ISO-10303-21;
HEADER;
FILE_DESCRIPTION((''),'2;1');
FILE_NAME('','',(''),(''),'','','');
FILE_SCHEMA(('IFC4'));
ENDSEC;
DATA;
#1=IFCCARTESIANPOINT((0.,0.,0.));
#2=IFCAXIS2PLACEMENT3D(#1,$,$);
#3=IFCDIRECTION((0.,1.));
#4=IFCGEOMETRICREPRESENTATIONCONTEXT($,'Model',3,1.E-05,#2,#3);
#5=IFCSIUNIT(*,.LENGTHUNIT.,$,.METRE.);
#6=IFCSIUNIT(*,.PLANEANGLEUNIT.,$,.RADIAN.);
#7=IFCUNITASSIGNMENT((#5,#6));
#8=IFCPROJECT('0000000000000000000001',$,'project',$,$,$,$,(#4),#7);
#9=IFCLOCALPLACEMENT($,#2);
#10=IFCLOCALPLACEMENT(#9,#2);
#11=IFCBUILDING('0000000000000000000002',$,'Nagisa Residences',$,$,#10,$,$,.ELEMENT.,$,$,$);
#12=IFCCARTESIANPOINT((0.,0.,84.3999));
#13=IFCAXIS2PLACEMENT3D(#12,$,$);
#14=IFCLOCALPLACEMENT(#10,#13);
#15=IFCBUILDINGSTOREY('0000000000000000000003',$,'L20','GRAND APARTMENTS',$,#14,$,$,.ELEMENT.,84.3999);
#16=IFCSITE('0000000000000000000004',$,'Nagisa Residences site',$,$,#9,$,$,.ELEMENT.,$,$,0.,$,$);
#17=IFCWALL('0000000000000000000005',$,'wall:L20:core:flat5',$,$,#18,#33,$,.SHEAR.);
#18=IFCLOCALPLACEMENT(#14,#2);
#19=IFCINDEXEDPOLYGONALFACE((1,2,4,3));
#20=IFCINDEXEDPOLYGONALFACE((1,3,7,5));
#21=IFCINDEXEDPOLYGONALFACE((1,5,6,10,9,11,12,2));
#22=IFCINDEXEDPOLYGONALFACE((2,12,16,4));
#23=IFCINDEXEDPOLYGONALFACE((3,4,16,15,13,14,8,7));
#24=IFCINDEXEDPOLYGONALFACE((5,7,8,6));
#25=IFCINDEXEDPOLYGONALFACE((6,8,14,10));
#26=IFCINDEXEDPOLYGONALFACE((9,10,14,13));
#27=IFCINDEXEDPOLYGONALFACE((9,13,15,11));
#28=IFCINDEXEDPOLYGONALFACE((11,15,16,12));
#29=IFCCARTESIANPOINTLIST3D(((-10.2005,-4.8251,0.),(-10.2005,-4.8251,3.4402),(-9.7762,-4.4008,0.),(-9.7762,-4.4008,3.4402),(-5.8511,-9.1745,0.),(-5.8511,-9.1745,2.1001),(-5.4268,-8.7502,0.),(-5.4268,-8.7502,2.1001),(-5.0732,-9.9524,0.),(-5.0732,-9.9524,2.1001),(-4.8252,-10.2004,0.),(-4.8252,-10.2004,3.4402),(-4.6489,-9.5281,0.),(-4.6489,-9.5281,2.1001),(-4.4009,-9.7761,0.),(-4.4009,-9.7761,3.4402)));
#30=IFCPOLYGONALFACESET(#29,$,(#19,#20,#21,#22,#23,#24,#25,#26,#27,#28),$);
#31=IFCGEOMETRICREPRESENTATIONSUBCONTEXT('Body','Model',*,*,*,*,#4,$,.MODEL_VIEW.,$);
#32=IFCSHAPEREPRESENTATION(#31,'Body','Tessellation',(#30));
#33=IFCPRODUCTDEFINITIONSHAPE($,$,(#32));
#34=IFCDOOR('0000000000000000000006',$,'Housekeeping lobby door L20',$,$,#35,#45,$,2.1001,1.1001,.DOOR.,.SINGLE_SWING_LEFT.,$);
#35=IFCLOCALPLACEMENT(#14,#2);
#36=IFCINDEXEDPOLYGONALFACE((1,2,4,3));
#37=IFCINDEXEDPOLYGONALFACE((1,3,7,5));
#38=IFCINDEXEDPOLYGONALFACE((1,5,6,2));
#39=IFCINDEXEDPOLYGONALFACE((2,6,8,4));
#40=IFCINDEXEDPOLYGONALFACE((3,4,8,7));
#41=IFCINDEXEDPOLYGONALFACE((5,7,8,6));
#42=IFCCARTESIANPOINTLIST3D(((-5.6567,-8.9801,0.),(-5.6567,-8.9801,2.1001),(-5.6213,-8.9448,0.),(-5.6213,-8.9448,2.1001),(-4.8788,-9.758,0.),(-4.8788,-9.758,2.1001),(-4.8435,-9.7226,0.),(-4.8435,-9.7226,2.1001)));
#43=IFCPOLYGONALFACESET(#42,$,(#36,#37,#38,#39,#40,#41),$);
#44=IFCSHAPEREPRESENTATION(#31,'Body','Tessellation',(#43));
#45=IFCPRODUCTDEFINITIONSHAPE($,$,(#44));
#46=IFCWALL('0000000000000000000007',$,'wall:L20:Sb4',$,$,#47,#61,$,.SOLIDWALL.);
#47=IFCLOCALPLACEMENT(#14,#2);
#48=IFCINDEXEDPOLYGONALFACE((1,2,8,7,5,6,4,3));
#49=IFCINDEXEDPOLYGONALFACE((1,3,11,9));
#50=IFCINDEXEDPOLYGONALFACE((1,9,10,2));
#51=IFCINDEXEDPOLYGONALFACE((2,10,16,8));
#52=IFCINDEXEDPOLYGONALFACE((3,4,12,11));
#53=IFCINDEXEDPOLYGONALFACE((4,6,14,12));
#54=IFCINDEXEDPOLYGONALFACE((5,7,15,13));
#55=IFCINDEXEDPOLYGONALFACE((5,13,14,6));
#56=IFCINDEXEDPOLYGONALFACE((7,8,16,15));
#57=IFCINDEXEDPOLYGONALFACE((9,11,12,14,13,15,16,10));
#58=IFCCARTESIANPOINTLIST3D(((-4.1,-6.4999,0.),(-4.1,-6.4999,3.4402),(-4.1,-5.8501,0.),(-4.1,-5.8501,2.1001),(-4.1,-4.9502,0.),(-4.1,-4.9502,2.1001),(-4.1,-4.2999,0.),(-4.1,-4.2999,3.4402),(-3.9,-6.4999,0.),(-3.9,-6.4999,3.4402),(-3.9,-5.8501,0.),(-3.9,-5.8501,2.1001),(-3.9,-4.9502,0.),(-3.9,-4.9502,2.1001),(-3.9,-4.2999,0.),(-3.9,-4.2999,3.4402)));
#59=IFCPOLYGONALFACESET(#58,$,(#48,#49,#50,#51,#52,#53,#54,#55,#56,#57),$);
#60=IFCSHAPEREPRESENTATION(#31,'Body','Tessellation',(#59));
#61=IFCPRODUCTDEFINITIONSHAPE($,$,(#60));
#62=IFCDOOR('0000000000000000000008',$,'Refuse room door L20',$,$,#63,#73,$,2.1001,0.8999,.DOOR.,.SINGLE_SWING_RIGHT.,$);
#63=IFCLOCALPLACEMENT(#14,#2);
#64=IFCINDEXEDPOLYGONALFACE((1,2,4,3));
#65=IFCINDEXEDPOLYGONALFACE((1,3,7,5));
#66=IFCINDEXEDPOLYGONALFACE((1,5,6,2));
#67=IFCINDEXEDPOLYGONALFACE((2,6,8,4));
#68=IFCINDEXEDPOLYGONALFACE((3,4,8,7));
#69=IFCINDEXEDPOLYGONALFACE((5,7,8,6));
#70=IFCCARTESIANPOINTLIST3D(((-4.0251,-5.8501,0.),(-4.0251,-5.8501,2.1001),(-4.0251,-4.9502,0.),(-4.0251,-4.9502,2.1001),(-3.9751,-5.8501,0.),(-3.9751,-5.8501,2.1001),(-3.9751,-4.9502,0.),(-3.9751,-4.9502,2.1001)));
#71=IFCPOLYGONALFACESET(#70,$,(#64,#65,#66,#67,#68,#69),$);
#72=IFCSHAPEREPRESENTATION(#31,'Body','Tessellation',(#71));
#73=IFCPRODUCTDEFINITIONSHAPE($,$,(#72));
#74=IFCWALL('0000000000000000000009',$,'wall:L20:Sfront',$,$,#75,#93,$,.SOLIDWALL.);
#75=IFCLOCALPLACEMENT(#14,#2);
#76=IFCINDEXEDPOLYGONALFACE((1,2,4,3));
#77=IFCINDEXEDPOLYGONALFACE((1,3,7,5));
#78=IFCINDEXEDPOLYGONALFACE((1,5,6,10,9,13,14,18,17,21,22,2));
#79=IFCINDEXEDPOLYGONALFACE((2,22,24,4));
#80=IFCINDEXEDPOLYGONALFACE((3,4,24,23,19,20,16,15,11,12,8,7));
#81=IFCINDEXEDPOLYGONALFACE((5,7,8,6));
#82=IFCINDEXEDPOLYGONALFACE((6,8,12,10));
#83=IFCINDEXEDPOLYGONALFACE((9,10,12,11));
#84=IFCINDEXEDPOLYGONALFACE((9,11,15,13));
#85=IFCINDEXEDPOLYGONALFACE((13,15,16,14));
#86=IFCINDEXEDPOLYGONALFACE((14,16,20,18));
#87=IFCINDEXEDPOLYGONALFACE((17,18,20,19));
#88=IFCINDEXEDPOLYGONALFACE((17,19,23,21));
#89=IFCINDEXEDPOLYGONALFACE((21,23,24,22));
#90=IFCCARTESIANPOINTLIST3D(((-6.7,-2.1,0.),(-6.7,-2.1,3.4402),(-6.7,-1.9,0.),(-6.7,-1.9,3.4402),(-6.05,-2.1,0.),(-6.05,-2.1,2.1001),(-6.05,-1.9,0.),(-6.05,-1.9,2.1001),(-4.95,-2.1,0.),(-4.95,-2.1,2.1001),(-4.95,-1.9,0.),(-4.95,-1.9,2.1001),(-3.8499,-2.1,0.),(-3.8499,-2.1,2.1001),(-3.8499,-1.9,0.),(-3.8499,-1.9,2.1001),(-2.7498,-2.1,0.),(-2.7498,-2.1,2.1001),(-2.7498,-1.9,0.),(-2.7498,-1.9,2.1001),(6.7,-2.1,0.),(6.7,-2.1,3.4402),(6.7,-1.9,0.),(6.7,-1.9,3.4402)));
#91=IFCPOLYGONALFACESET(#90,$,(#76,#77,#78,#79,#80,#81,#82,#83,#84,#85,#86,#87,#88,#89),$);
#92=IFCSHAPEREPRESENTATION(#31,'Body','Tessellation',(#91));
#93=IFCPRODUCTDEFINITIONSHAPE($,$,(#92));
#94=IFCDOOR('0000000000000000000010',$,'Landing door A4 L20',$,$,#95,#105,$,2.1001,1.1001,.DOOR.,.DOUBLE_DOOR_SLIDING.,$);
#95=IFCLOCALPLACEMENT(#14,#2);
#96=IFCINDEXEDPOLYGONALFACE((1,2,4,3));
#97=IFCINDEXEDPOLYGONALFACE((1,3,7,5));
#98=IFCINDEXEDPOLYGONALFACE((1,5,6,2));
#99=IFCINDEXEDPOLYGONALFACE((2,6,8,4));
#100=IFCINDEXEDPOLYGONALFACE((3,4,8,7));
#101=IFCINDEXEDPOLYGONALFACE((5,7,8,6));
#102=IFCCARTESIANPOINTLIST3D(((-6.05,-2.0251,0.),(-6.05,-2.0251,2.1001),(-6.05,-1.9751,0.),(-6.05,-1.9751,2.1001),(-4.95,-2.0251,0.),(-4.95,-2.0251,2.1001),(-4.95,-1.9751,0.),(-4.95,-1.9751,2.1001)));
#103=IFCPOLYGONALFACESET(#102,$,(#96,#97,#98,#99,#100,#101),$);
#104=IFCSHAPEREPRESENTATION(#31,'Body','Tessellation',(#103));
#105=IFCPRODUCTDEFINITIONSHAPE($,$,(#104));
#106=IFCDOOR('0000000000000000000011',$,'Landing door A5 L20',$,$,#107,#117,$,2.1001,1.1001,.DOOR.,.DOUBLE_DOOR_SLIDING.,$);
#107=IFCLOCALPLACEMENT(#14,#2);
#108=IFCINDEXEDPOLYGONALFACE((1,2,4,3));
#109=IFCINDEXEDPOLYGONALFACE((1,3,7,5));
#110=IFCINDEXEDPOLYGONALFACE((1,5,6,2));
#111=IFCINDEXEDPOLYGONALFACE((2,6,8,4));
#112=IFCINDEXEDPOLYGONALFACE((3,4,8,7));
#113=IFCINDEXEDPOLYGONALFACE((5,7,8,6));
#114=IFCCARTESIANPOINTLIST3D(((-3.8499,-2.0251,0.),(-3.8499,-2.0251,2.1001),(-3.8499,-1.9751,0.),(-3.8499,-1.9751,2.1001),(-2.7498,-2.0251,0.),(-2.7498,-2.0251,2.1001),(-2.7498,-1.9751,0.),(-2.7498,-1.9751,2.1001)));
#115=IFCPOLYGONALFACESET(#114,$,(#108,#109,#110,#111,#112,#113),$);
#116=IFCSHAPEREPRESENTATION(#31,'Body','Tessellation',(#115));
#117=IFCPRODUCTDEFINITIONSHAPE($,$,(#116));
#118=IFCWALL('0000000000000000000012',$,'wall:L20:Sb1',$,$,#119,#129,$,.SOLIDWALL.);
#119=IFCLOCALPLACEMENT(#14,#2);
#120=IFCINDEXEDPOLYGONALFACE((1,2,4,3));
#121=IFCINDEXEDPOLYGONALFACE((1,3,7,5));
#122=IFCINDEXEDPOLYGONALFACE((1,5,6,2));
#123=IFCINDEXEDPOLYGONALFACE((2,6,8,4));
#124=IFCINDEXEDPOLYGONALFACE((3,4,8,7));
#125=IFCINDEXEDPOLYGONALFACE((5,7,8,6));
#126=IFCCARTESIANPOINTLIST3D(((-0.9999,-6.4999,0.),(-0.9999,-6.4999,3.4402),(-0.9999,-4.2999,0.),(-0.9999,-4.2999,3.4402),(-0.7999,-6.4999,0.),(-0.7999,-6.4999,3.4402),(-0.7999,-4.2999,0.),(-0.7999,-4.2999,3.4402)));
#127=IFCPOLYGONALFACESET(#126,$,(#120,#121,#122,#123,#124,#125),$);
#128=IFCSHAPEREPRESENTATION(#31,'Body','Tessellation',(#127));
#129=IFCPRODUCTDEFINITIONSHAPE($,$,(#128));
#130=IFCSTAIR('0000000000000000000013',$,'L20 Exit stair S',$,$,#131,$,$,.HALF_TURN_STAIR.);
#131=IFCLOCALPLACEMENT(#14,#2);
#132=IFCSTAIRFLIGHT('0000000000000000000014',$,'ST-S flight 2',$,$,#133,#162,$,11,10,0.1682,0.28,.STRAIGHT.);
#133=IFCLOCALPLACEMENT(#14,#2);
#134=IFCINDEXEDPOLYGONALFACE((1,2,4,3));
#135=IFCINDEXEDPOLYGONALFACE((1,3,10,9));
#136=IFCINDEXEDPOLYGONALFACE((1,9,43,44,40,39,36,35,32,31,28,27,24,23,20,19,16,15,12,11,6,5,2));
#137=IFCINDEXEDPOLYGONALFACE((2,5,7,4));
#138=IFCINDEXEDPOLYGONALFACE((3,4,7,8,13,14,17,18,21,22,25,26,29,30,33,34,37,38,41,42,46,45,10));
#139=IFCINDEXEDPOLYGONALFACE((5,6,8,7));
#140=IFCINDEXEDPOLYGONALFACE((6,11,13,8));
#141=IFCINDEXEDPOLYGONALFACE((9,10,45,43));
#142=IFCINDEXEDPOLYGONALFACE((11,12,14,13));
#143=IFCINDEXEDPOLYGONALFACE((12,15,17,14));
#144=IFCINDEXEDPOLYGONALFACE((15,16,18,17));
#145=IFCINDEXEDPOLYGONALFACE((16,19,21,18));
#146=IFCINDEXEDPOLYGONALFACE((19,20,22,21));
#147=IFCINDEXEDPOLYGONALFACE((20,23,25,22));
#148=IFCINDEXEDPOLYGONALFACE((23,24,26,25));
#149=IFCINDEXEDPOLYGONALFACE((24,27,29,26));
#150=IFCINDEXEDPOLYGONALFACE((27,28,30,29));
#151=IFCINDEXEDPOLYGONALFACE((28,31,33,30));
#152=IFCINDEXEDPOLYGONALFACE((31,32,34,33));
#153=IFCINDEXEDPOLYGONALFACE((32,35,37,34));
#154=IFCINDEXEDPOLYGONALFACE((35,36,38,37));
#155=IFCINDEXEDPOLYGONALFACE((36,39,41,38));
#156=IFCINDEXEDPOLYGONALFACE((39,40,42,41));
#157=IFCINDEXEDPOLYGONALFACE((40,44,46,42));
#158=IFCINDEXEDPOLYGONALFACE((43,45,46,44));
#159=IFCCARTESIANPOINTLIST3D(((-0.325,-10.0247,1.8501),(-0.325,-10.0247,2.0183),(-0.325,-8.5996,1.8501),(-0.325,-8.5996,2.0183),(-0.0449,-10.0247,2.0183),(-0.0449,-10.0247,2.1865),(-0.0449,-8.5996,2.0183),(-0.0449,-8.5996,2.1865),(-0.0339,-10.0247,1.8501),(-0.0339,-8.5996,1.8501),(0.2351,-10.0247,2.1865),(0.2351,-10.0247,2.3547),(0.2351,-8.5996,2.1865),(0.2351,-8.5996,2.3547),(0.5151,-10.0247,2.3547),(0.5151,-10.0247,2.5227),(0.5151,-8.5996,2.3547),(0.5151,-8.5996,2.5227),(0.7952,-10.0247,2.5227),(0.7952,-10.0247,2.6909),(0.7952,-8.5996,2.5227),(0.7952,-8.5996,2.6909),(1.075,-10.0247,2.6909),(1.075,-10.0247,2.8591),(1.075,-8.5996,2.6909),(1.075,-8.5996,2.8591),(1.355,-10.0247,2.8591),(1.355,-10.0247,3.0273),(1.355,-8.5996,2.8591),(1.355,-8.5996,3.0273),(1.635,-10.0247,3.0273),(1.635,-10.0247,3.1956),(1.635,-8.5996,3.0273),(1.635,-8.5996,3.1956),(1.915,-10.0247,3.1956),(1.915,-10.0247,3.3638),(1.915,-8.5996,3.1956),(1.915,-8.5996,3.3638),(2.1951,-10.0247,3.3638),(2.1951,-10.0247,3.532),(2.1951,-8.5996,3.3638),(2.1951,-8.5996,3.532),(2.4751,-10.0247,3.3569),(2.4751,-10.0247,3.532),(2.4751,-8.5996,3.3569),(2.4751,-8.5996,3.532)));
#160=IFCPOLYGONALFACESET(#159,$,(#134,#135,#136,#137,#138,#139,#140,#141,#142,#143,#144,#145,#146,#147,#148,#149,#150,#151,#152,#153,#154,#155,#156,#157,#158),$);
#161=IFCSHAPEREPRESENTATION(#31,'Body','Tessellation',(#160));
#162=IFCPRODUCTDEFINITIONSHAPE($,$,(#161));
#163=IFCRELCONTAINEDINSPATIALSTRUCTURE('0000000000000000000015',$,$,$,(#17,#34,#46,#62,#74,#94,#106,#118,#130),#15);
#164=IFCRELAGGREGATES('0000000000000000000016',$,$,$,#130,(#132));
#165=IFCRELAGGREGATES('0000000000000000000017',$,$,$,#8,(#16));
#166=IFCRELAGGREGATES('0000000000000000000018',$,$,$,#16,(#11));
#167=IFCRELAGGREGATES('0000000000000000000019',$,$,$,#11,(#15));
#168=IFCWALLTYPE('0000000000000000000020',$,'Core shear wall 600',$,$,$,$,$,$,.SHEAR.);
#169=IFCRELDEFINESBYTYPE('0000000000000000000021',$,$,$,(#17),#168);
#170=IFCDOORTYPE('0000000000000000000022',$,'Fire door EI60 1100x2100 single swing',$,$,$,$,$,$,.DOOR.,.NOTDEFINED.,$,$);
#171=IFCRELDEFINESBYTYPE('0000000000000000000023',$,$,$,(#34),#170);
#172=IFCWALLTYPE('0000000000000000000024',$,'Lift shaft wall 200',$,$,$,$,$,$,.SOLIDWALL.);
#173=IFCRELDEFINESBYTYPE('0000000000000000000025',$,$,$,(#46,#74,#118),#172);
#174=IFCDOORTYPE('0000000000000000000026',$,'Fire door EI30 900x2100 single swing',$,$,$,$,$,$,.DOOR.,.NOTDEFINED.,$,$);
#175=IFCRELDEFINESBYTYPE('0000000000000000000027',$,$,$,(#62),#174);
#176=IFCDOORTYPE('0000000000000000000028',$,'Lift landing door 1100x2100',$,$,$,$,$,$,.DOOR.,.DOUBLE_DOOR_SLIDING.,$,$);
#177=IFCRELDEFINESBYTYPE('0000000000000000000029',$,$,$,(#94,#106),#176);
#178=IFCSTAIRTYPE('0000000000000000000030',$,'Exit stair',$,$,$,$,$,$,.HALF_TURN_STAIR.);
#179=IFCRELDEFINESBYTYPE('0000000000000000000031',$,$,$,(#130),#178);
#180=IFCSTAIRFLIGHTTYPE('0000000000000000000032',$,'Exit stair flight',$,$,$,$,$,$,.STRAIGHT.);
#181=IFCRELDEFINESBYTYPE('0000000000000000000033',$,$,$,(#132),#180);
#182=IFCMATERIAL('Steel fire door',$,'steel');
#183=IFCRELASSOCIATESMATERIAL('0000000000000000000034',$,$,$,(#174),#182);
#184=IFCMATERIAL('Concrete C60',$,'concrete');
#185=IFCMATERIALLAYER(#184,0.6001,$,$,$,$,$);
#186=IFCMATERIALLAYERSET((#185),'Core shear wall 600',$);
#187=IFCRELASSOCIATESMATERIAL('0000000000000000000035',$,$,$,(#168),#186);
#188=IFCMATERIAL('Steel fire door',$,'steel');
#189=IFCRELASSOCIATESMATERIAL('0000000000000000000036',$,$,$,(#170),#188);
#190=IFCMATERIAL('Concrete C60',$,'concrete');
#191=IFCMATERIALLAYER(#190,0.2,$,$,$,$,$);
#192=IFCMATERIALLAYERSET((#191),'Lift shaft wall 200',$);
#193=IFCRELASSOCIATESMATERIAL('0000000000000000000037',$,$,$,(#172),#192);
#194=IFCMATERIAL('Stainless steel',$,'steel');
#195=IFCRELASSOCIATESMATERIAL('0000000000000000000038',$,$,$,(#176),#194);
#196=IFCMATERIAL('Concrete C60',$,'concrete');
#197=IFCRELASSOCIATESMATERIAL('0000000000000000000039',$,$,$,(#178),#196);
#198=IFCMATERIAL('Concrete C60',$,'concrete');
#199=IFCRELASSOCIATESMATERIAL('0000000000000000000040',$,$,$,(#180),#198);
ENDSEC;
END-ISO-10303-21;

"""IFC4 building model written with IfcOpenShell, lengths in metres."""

from ifc_helpers import new_model, si_unit, direction, frame, frame_2d, origin, place, context, subcontext, project, spatial, polyline, rectangle, outline, extrude, material, layer, layer_set, type_object, element, fill, aggregate, save


model = new_model("IFC4")

# Units and contexts
model_context = context("Model", 3, precision=1e-05, world=origin(), true_north=direction((0.0, 1.0)))
body_context = subcontext(model_context, "Body", "Model", "MODEL_VIEW")
ifc_project = project(units=[si_unit("LENGTHUNIT", "METRE"), si_unit("PLANEANGLEUNIT", "RADIAN")], contexts=[model_context])

# Site, building, storey
site_placement = place(None, origin())
site = spatial("IfcSite", under=ifc_project, at=site_placement, Name="Nagisa Residences site", CompositionType="ELEMENT", RefElevation=0.0)
building_placement = place(site_placement, origin())
building = spatial("IfcBuilding", under=site, at=building_placement, Name="Nagisa Residences", CompositionType="ELEMENT")
storey_placement = place(building_placement, frame((0.0, 0.0, 84.3999)))
storey = spatial("IfcBuildingStorey", under=building, at=storey_placement, Name="L20", Description="GRAND APARTMENTS", CompositionType="ELEMENT", Elevation=84.3999)

# Shared definitions
ifc_material_1 = material(Name="Steel fire door", Category="steel")
door_type_1 = type_object("IfcDoorType", Name="Fire door EI30 900x2100 single swing", OperationType="NOTDEFINED", PredefinedType="DOOR", material=ifc_material_1)

# Walls, openings, doors
ifc_material_2 = material(Name="Concrete C60", Category="concrete")
ifc_layer_1 = layer(ifc_material_2, 0.6001)
ifc_layer_set_1 = layer_set([ifc_layer_1], Name="Core shear wall 600")
wall_type_1 = type_object("IfcWallType", Name="Core shear wall 600", PredefinedType="SHEAR", material=ifc_layer_set_1)
wall_1_placement = place(storey_placement, frame((-9.9883, -4.613, 0.0), z_axis=(0.0, 0.0, 1.0), x_axis=(0.707107, -0.707107, 0.0)))
wall_1 = element("IfcWall", 1, at=wall_1_placement, inside=storey, type_object=wall_type_1, Name="wall:L20:core:flat5", PredefinedType="SHEAR", context=body_context, shape_type="SweptSolid", body=[
    extrude(rectangle(XDim=7.6018, YDim=0.6001, at=frame_2d((3.8008, 0.0))), origin(), (0.0, 0.0, 1.0), 3.4402),
])
opening_1_placement = place(wall_1_placement, frame((6.1509, 0.0, 0.0)))
opening_1 = element("IfcOpeningElement", 2, at=opening_1_placement, cuts=wall_1, PredefinedType="OPENING", context=body_context, shape_type="SweptSolid", body=[
    extrude(rectangle(XDim=1.1001, YDim=2.1001, at=frame_2d((0.55, 1.05))), frame((0.0, 0.3101, 0.0), z_axis=(0.0, -1.0, 0.0), x_axis=(1.0, 0.0, 0.0)), (0.0, 0.0, 1.0), 0.6201),
])
ifc_material_3 = material(Name="Steel fire door", Category="steel")
door_type_2 = type_object("IfcDoorType", Name="Fire door EI60 1100x2100 single swing", OperationType="NOTDEFINED", PredefinedType="DOOR", material=ifc_material_3)
door_1_placement = place(opening_1_placement, origin())
door_1 = element("IfcDoor", 3, at=door_1_placement, inside=storey, type_object=door_type_2, Name="Housekeeping lobby door L20", OperationType="SINGLE_SWING_LEFT", OverallHeight=2.1001, OverallWidth=1.1001, PredefinedType="DOOR", context=body_context, shape_type="SweptSolid", body=[
    extrude(rectangle(XDim=1.1001, YDim=2.1001, at=frame_2d((0.55, 1.05))), frame((0.0, 0.0249, 0.0), z_axis=(0.0, -1.0, 0.0), x_axis=(1.0, 0.0, 0.0)), (0.0, 0.0, 1.0), 0.05),
])
fill(opening_1, door_1)
ifc_material_4 = material(Name="Concrete C60", Category="concrete")
ifc_layer_2 = layer(ifc_material_4, 0.2)
ifc_layer_set_2 = layer_set([ifc_layer_2], Name="Lift shaft wall 200")
wall_type_2 = type_object("IfcWallType", Name="Lift shaft wall 200", PredefinedType="SOLIDWALL", material=ifc_layer_set_2)
wall_2_placement = place(storey_placement, frame((-4.0, -6.5, 0.0), z_axis=(0.0, 0.0, 1.0), x_axis=(0.0, 1.0, 0.0)))
wall_2 = element("IfcWall", 4, at=wall_2_placement, inside=storey, type_object=wall_type_2, Name="wall:L20:Sb4", PredefinedType="SOLIDWALL", context=body_context, shape_type="SweptSolid", body=[
    extrude(rectangle(XDim=2.2, YDim=0.2, at=frame_2d((1.1001, 0.0))), origin(), (0.0, 0.0, 1.0), 3.4402),
])
opening_2_placement = place(wall_2_placement, frame((0.6499, 0.0, 0.0)))
opening_2 = element("IfcOpeningElement", 5, at=opening_2_placement, cuts=wall_2, PredefinedType="OPENING", context=body_context, shape_type="SweptSolid", body=[
    extrude(rectangle(XDim=0.8999, YDim=2.1001, at=frame_2d((0.45, 1.05))), frame((0.0, 0.1099, 0.0), z_axis=(0.0, -1.0, 0.0), x_axis=(1.0, 0.0, 0.0)), (0.0, 0.0, 1.0), 0.22),
])
door_2_placement = place(opening_2_placement, frame((0.8999, 0.0, 0.0), x_axis=(-1.0, 0.0, 0.0)))
door_2 = element("IfcDoor", 6, at=door_2_placement, inside=storey, type_object=door_type_1, Name="Refuse room door L20", OperationType="SINGLE_SWING_RIGHT", OverallHeight=2.1001, OverallWidth=0.8999, PredefinedType="DOOR", context=body_context, shape_type="SweptSolid", body=[
    extrude(rectangle(XDim=0.8999, YDim=2.1001, at=frame_2d((0.45, 1.05))), frame((0.0, 0.0249, 0.0), z_axis=(0.0, -1.0, 0.0), x_axis=(1.0, 0.0, 0.0)), (0.0, 0.0, 1.0), 0.05),
])
fill(opening_2, door_2)

# Wall, openings, doors
wall_3_placement = place(storey_placement, frame((-6.7, -2.0, 0.0), z_axis=(0.0, 0.0, 1.0), x_axis=(1.0, 0.0, 0.0)))
wall_3 = element("IfcWall", 7, at=wall_3_placement, inside=storey, type_object=wall_type_2, Name="wall:L20:Sfront", PredefinedType="SOLIDWALL", context=body_context, shape_type="SweptSolid", body=[
    extrude(rectangle(XDim=13.3999, YDim=0.2, at=frame_2d((6.7, 0.0))), origin(), (0.0, 0.0, 1.0), 3.4402),
])
opening_3_placement = place(wall_3_placement, frame((0.6499, 0.0, 0.0)))
opening_3 = element("IfcOpeningElement", 8, at=opening_3_placement, cuts=wall_3, PredefinedType="OPENING", context=body_context, shape_type="SweptSolid", body=[
    extrude(rectangle(XDim=1.1001, YDim=2.1001, at=frame_2d((0.55, 1.05))), frame((0.0, 0.1099, 0.0), z_axis=(0.0, -1.0, 0.0), x_axis=(1.0, 0.0, 0.0)), (0.0, 0.0, 1.0), 0.22),
])
opening_4_placement = place(wall_3_placement, frame((2.8501, 0.0, 0.0)))
opening_4 = element("IfcOpeningElement", 9, at=opening_4_placement, cuts=wall_3, PredefinedType="OPENING", context=body_context, shape_type="SweptSolid", body=[
    extrude(rectangle(XDim=1.1001, YDim=2.1001, at=frame_2d((0.55, 1.05))), frame((0.0, 0.1099, 0.0), z_axis=(0.0, -1.0, 0.0), x_axis=(1.0, 0.0, 0.0)), (0.0, 0.0, 1.0), 0.22),
])
ifc_material_5 = material(Name="Stainless steel", Category="steel")
door_type_3 = type_object("IfcDoorType", Name="Lift landing door 1100x2100", OperationType="DOUBLE_DOOR_SLIDING", PredefinedType="DOOR", material=ifc_material_5)
door_3_placement = place(opening_3_placement, origin())
door_3 = element("IfcDoor", 10, at=door_3_placement, inside=storey, type_object=door_type_3, Name="Landing door A4 L20", OperationType="DOUBLE_DOOR_SLIDING", OverallHeight=2.1001, OverallWidth=1.1001, PredefinedType="DOOR", context=body_context, shape_type="SweptSolid", body=[
    extrude(rectangle(XDim=1.1001, YDim=2.1001, at=frame_2d((0.55, 1.05))), frame((0.0, 0.0249, 0.0), z_axis=(0.0, -1.0, 0.0), x_axis=(1.0, 0.0, 0.0)), (0.0, 0.0, 1.0), 0.05),
])
fill(opening_3, door_3)
door_4_placement = place(opening_4_placement, origin())
door_4 = element("IfcDoor", 11, at=door_4_placement, inside=storey, type_object=door_type_3, Name="Landing door A5 L20", OperationType="DOUBLE_DOOR_SLIDING", OverallHeight=2.1001, OverallWidth=1.1001, PredefinedType="DOOR", context=body_context, shape_type="SweptSolid", body=[
    extrude(rectangle(XDim=1.1001, YDim=2.1001, at=frame_2d((0.55, 1.05))), frame((0.0, 0.0249, 0.0), z_axis=(0.0, -1.0, 0.0), x_axis=(1.0, 0.0, 0.0)), (0.0, 0.0, 1.0), 0.05),
])
fill(opening_4, door_4)

# Wall
wall_4_placement = place(storey_placement, frame((-0.8999, -6.5, 0.0), z_axis=(0.0, 0.0, 1.0), x_axis=(0.0, 1.0, 0.0)))
element("IfcWall", 12, at=wall_4_placement, inside=storey, type_object=wall_type_2, Name="wall:L20:Sb1", PredefinedType="SOLIDWALL", context=body_context, shape_type="SweptSolid", body=[
    extrude(rectangle(XDim=2.2, YDim=0.2, at=frame_2d((1.1001, 0.0))), origin(), (0.0, 0.0, 1.0), 3.4402),
])

# Stair, stair flight
ifc_material_6 = material(Name="Concrete C60", Category="concrete")
stair_type = type_object("IfcStairType", Name="Exit stair", PredefinedType="HALF_TURN_STAIR", material=ifc_material_6)
stair_placement = place(storey_placement, origin())
stair = element("IfcStair", 13, at=stair_placement, inside=storey, type_object=stair_type, Name="L20 Exit stair S", PredefinedType="HALF_TURN_STAIR")
ifc_material_7 = material(Name="Concrete C60", Category="concrete")
stair_flight_type = type_object("IfcStairFlightType", Name="Exit stair flight", PredefinedType="STRAIGHT", material=ifc_material_7)
stair_flight_placement = place(storey_placement, frame((-0.325, -9.312, 1.8501), z_axis=(0.0, 0.0, 1.0), x_axis=(1.0, 0.0, 0.0)))
stair_flight = element("IfcStairFlight", 14, at=stair_flight_placement, type_object=stair_flight_type, Name="ST-S flight 2", NumberOfRisers=11, NumberOfTreads=10, PredefinedType="STRAIGHT", RiserHeight=0.1682, TreadLength=0.28, context=body_context, shape_type="SweptSolid", body=[
    extrude(outline(polyline([(0.0, 0.0), (0.0, 0.1682), (0.28, 0.1682), (0.28, 0.3364), (0.5601, 0.3364), (0.5601, 0.5046), (0.8401, 0.5046), (0.8401, 0.6726), (1.1201, 0.6726), (1.1201, 0.8408), (1.3999, 0.8408), (1.3999, 1.009), (1.6799, 1.009), (1.6799, 1.1772), (1.96, 1.1772), (1.96, 1.3455), (2.24, 1.3455), (2.24, 1.5137), (2.52, 1.5137), (2.52, 1.6819), (2.8, 1.6819), (2.8, 1.8501), (2.8, 1.5068), (0.291, 0.0), (0.0, 0.0)])), frame((0.0, 0.7124, 0.0), z_axis=(0.0, -1.0, 0.0), x_axis=(1.0, 0.0, 0.0)), (0.0, 0.0, 1.0), 1.425),
])
aggregate(stair, [stair_flight])

save(model, "model.ifc")
